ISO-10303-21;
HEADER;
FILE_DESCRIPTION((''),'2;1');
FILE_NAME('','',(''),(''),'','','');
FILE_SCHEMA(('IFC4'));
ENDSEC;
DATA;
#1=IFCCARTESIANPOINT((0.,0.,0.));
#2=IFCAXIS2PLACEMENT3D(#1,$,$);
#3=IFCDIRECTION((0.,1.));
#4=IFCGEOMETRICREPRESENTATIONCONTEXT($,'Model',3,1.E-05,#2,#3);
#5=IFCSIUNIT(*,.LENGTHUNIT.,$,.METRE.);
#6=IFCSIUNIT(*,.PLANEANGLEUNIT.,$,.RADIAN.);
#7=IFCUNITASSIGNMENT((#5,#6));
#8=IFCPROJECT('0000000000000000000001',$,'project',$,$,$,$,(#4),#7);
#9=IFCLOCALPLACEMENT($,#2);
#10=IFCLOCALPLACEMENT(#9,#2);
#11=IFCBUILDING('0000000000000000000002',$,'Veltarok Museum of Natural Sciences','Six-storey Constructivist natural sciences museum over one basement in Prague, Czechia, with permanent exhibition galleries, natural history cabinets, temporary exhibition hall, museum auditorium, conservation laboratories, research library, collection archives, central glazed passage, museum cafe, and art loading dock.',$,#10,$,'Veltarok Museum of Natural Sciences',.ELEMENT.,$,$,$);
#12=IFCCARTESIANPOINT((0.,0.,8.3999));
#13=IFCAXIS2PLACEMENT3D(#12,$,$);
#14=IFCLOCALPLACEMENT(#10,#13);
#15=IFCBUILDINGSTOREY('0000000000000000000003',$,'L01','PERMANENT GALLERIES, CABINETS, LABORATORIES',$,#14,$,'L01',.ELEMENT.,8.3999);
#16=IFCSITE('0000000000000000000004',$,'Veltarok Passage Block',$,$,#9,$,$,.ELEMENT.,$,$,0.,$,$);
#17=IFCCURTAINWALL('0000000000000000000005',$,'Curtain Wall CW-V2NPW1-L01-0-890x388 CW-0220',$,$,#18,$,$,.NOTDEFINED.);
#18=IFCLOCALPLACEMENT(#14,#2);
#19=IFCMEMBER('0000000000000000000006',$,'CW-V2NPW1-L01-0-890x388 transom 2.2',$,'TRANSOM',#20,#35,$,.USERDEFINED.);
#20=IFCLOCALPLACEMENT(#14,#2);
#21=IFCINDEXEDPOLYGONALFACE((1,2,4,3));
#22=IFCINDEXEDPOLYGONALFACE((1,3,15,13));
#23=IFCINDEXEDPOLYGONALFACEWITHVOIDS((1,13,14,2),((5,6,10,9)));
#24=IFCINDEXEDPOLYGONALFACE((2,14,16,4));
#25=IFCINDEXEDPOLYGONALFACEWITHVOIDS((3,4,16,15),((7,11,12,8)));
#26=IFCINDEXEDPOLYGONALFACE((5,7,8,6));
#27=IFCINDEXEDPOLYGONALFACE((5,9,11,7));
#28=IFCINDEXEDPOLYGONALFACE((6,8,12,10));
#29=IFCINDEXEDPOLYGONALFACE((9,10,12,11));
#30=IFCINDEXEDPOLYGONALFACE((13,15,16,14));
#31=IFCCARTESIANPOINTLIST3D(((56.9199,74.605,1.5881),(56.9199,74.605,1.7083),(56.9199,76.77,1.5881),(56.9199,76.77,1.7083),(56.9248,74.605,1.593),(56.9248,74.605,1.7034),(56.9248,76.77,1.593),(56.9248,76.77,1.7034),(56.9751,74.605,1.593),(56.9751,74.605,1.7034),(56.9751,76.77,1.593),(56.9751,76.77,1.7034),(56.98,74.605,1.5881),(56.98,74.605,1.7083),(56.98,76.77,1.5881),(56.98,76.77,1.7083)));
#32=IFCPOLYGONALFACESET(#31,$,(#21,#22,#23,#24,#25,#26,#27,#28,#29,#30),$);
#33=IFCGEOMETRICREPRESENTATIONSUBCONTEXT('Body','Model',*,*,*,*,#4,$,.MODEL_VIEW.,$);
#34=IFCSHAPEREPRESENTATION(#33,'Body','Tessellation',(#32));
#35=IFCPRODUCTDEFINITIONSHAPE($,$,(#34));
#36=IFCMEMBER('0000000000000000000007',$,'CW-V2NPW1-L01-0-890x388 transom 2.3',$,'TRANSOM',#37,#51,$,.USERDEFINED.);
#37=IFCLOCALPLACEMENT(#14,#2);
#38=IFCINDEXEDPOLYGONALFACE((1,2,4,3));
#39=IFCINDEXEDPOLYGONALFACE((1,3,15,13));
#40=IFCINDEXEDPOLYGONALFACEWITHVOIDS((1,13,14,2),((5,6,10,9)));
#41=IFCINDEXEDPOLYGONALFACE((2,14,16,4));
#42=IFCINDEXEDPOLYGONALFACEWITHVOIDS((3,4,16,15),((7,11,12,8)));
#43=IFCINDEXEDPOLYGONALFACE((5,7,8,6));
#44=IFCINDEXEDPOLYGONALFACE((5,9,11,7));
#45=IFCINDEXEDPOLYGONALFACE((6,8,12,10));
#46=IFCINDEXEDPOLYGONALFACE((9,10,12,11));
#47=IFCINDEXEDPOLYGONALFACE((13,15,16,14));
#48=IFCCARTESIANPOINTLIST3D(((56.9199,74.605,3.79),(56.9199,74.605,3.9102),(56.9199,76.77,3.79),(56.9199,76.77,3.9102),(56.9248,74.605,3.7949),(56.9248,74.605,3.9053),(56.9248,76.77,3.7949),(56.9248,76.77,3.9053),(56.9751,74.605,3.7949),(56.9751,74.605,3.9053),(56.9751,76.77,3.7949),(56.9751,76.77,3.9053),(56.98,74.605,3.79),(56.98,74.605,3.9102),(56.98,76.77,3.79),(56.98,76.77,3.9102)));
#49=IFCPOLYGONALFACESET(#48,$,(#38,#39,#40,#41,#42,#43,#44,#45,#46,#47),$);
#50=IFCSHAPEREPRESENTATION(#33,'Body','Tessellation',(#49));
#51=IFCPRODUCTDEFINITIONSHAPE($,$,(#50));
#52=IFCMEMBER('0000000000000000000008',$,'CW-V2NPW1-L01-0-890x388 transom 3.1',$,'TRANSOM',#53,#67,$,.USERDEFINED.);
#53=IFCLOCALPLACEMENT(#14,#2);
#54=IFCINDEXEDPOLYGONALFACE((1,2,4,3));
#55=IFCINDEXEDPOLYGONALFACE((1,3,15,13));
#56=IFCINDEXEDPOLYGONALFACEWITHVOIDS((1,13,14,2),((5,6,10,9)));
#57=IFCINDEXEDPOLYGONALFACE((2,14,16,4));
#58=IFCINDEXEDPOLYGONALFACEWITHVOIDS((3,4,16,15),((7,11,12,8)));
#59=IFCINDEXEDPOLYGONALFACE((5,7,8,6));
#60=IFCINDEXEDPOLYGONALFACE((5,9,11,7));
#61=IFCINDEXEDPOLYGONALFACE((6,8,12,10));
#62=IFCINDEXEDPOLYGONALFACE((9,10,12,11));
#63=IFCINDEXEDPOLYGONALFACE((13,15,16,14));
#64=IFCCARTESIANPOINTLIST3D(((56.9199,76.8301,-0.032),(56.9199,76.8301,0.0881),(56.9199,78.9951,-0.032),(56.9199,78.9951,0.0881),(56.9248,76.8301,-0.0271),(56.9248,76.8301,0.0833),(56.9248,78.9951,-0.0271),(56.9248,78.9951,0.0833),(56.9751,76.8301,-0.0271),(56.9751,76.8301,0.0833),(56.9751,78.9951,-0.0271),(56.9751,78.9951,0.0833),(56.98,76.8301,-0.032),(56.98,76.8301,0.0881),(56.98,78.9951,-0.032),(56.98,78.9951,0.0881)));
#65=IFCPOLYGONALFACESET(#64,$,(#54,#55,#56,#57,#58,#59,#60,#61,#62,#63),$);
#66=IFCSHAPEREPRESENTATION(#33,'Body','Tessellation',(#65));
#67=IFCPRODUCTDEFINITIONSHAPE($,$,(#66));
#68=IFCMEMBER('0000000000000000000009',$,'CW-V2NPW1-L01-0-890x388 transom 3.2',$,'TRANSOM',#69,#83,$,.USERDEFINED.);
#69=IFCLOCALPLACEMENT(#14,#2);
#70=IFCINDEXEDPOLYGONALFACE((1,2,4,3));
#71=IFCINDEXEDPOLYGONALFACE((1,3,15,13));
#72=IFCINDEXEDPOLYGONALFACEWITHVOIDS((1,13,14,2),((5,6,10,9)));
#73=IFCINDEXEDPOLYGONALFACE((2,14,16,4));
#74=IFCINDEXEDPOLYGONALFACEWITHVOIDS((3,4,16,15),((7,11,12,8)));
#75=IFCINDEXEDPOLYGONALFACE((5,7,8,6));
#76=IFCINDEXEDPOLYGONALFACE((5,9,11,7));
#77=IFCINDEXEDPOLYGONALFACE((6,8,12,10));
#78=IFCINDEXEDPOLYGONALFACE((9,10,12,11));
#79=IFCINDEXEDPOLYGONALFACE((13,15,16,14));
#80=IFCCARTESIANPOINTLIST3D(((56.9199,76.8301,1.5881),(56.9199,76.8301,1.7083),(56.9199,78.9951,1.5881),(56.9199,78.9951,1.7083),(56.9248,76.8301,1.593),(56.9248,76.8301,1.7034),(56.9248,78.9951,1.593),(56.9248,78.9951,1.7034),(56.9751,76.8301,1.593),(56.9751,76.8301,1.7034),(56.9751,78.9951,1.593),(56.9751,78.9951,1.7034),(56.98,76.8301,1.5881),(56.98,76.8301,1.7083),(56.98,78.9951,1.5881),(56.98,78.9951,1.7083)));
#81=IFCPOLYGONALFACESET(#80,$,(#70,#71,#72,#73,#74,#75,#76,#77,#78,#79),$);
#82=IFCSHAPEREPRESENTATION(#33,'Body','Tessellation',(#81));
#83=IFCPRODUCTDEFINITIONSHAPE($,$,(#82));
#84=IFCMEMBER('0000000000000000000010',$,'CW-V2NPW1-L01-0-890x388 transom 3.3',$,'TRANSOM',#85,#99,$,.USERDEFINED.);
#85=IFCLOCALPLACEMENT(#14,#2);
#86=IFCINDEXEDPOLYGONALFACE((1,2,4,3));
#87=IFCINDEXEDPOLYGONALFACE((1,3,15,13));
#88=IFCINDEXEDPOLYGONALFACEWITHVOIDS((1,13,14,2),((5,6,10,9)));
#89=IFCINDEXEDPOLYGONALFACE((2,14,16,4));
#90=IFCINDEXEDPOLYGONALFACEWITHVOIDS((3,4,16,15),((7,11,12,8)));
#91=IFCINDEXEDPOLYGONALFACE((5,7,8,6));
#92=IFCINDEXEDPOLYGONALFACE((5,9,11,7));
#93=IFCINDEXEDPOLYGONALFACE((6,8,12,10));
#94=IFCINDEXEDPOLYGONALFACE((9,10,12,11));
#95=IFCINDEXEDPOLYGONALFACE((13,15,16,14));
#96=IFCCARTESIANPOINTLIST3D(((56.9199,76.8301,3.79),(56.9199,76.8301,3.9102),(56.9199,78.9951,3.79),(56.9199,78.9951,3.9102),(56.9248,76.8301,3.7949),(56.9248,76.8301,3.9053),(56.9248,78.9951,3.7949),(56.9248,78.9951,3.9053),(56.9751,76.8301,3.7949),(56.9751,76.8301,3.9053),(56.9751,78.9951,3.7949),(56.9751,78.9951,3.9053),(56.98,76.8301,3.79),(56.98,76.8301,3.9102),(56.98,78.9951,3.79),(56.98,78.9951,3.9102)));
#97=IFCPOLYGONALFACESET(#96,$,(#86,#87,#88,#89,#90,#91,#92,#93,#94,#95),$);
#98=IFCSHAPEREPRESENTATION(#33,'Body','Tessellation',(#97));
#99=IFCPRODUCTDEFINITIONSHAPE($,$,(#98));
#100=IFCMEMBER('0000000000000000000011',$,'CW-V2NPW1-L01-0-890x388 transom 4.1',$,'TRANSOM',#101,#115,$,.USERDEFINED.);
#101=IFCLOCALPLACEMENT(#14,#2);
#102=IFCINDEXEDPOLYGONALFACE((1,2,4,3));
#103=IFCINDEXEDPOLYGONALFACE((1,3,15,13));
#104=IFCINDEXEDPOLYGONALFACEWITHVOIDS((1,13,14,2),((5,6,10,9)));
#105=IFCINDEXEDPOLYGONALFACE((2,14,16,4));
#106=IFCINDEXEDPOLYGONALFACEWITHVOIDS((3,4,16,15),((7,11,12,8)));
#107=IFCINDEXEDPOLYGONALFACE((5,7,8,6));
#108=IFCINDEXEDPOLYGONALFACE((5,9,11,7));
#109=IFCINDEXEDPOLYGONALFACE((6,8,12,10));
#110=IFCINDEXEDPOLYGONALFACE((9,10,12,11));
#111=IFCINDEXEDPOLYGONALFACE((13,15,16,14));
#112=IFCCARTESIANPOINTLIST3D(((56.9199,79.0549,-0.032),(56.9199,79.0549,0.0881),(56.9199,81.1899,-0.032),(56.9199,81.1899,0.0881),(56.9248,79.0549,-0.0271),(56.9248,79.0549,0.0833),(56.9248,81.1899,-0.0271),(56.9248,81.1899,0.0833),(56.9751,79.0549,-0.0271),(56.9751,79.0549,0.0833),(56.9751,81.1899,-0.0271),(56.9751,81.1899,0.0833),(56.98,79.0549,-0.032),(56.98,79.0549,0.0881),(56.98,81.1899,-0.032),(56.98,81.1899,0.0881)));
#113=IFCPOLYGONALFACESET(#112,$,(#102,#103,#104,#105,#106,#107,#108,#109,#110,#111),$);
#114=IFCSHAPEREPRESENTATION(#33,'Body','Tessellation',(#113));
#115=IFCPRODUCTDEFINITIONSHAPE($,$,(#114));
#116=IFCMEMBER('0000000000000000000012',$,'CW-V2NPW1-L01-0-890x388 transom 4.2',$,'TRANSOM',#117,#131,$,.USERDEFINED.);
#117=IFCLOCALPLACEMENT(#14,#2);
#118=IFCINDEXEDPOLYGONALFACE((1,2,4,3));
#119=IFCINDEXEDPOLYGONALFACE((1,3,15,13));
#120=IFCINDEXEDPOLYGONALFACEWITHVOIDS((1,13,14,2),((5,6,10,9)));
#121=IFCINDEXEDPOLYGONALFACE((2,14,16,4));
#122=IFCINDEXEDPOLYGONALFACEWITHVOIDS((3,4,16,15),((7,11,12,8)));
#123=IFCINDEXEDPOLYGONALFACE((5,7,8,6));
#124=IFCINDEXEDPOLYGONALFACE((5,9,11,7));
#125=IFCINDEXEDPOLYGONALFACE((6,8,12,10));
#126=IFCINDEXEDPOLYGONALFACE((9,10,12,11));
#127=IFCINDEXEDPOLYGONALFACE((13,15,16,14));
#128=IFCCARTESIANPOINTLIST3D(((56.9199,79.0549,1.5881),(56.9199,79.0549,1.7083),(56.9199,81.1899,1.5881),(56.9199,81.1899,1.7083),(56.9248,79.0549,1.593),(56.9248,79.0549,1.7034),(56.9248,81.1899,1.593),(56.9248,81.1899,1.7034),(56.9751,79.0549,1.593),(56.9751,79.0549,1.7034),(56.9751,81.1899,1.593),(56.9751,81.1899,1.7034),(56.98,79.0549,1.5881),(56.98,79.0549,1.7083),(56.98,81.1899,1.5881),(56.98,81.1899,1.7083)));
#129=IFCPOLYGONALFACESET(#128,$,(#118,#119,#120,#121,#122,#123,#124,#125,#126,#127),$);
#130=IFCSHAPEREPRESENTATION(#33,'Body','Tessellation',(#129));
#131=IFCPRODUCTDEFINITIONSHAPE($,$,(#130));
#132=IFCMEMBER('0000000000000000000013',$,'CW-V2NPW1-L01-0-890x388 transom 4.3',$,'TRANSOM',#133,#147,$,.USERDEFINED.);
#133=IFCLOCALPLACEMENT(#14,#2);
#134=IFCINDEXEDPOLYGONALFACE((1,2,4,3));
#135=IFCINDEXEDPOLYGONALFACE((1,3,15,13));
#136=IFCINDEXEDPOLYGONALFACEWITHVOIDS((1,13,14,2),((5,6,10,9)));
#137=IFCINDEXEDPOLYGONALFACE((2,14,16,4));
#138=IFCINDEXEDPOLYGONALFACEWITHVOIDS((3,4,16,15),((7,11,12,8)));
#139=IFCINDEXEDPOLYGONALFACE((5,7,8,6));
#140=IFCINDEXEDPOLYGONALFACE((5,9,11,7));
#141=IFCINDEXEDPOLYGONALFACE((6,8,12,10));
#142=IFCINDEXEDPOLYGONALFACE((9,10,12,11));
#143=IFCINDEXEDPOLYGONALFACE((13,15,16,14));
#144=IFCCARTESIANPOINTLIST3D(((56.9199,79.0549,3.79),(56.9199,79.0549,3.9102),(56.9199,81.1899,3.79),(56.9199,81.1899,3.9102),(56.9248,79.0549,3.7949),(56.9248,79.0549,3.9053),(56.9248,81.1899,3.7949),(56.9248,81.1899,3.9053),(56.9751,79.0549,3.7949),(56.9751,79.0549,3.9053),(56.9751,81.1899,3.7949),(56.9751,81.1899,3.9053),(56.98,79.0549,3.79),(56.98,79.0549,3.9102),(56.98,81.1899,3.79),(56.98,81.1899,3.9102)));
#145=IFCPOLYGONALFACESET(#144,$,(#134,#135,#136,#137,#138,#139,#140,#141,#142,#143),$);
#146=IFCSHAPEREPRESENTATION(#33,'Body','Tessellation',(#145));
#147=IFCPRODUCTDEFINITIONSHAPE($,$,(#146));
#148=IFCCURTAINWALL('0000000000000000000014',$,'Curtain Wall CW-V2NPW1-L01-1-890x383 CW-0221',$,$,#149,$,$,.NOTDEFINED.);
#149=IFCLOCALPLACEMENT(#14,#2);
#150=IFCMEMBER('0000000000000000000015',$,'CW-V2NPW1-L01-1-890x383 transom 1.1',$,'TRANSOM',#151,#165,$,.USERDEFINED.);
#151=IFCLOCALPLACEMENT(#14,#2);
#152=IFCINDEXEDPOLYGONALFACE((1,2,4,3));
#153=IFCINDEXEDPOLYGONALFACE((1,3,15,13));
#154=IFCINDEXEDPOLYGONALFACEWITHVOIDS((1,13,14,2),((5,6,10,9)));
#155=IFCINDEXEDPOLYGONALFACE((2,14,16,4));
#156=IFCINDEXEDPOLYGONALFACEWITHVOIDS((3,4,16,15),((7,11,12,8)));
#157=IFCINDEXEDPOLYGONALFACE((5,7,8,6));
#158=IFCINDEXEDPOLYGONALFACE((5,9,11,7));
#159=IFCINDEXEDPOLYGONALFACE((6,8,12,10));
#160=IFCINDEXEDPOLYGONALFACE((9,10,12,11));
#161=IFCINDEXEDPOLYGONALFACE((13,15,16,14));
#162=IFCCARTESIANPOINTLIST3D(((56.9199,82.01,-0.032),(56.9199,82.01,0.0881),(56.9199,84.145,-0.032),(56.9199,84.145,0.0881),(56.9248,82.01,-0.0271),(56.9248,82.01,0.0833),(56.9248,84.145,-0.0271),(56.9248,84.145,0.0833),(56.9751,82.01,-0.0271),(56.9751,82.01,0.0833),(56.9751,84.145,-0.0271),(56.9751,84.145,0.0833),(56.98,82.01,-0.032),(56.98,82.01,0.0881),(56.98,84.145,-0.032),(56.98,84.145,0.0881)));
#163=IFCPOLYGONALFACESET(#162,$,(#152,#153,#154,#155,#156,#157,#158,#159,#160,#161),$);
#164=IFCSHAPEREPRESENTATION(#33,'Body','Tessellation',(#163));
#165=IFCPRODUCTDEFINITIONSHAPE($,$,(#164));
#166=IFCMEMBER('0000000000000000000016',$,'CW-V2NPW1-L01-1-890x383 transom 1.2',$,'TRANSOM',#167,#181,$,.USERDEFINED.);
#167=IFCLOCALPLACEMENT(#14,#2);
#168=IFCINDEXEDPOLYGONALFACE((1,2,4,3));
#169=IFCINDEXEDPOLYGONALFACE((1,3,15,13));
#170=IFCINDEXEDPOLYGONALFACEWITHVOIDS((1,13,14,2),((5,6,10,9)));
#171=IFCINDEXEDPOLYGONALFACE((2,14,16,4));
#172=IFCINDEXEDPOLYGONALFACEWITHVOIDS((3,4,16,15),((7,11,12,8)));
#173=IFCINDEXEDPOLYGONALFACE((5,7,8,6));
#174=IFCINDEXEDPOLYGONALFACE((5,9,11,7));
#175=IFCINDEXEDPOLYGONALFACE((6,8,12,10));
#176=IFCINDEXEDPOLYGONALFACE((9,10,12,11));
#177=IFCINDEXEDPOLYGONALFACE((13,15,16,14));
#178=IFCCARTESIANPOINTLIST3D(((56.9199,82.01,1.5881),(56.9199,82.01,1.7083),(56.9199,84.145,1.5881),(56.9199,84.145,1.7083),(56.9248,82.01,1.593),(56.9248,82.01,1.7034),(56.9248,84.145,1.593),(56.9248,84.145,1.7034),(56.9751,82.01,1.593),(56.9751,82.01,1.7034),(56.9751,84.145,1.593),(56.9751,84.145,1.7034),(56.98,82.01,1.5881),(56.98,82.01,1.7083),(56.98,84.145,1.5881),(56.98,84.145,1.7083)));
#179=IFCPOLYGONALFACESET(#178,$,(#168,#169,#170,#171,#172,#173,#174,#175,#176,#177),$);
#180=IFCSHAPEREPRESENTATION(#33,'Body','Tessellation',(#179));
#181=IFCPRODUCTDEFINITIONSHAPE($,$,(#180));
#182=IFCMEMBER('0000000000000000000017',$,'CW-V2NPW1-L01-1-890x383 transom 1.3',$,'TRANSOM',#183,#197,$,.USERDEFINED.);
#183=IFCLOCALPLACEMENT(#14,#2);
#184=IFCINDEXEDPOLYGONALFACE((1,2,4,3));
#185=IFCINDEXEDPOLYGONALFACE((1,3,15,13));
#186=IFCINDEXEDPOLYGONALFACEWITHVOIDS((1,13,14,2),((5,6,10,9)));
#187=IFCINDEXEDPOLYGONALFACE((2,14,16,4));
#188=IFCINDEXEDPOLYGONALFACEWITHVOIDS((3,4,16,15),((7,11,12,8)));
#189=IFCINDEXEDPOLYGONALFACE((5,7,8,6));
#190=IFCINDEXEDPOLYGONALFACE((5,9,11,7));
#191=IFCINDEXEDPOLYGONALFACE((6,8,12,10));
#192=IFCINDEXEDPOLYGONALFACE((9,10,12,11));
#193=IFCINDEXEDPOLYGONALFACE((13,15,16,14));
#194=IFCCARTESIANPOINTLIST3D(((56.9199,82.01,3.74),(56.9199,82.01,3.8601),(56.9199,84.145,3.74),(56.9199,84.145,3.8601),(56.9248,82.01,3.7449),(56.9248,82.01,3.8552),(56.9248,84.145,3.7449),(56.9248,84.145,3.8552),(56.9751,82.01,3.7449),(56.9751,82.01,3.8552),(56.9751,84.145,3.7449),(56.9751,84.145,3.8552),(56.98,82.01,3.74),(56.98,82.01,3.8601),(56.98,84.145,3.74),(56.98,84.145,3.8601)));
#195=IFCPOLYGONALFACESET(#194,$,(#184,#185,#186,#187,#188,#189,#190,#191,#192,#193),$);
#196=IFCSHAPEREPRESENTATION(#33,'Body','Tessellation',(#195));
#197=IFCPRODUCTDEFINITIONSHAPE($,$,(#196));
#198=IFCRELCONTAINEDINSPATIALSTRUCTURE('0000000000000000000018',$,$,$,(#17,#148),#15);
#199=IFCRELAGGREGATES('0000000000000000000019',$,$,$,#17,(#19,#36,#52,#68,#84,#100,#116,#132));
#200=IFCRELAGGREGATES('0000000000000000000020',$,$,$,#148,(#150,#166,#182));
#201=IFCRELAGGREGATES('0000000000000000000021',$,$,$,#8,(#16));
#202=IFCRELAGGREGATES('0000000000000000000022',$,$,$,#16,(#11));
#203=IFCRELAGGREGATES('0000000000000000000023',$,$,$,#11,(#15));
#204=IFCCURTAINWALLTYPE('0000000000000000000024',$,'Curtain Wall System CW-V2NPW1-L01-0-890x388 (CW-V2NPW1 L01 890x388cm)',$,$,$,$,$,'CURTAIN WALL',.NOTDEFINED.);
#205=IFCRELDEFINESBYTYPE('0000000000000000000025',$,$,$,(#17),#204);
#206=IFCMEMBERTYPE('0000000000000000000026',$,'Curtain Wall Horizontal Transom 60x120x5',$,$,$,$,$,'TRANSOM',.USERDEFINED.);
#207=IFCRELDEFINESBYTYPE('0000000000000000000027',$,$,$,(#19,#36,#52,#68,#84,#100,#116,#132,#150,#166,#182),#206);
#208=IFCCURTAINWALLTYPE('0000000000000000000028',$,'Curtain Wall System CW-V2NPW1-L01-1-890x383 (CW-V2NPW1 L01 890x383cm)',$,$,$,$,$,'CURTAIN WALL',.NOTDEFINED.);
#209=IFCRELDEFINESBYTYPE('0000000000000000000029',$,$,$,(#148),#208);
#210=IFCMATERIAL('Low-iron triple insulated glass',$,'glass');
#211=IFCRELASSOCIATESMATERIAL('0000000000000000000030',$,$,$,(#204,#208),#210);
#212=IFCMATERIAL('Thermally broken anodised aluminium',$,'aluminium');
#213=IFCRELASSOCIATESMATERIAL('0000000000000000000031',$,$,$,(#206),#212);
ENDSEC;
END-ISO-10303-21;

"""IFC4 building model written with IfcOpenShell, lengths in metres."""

from ifc_helpers import new_model, si_unit, direction, frame, origin, origin_2d, place, context, subcontext, project, spatial, hollow_rectangle, extrude, material, material_profile, profile_set, type_object, element, aggregate, save


model = new_model("IFC4")

# Units and contexts
model_context = context("Model", 3, precision=1e-05, world=origin(), true_north=direction((0.0, 1.0)))
body_context = subcontext(model_context, "Body", "Model", "MODEL_VIEW")
ifc_project = project(units=[si_unit("LENGTHUNIT", "METRE"), si_unit("PLANEANGLEUNIT", "RADIAN")], contexts=[model_context])

# Site, building, storey
site_placement = place(None, origin())
site = spatial("IfcSite", under=ifc_project, at=site_placement, Name="Veltarok Passage Block", CompositionType="ELEMENT", RefElevation=0.0)
building_placement = place(site_placement, origin())
building = spatial("IfcBuilding", under=site, at=building_placement, Name="Veltarok Museum of Natural Sciences", Description="Six-storey Constructivist natural sciences museum over one basement in Prague, Czechia, with permanent exhibition galleries, natural history cabinets, temporary exhibition hall, museum auditorium, conservation laboratories, research library, collection archives, central glazed passage, museum cafe, and art loading dock.", LongName="Veltarok Museum of Natural Sciences", CompositionType="ELEMENT")
storey_placement = place(building_placement, frame((0.0, 0.0, 8.3999)))
storey = spatial("IfcBuildingStorey", under=building, at=storey_placement, Name="L01", Description="PERMANENT GALLERIES, CABINETS, LABORATORIES", LongName="L01", CompositionType="ELEMENT", Elevation=8.3999)

# Curtain walls, members
ifc_material_1 = material(Name="Low-iron triple insulated glass", Category="glass")
curtain_wall_type_1 = type_object("IfcCurtainWallType", Name="Curtain Wall System CW-V2NPW1-L01-0-890x388 (CW-V2NPW1 L01 890x388cm)", ElementType="CURTAIN WALL", PredefinedType="NOTDEFINED", material=ifc_material_1)
curtain_wall_1_placement = place(storey_placement, origin())
curtain_wall_1 = element("IfcCurtainWall", 1, at=curtain_wall_1_placement, inside=storey, type_object=curtain_wall_type_1, Name="Curtain Wall CW-V2NPW1-L01-0-890x388 CW-0220", PredefinedType="NOTDEFINED")
ifc_material_2 = material(Name="Thermally broken anodised aluminium", Category="aluminium")
ifc_material_profile_1 = material_profile(ifc_material_2, hollow_rectangle(XDim=0.0601, YDim=0.1201, WallThickness=0.0049, at=origin_2d()), Name="CW TRANSOM 60x120x5")
ifc_profile_set_1 = profile_set([ifc_material_profile_1], Name="Thermally broken anodised aluminium")
member_type_1 = type_object("IfcMemberType", Name="Curtain Wall Horizontal Transom 60x120x5", ElementType="TRANSOM", PredefinedType="USERDEFINED", material=ifc_profile_set_1)
member_1_placement = place(storey_placement, frame((56.95, 74.605, 1.6482), z_axis=(0.0, 1.0, 0.0), x_axis=(-1.0, 0.0, 0.0)))
member_1 = element("IfcMember", 2, at=member_1_placement, type_object=member_type_1, Name="CW-V2NPW1-L01-0-890x388 transom 2.2", ObjectType="TRANSOM", PredefinedType="USERDEFINED", context=body_context, shape_type="SweptSolid", body=[
    extrude(hollow_rectangle(XDim=0.0601, YDim=0.1201, WallThickness=0.0049, at=origin_2d()), origin(), (0.0, 0.0, 1.0), 2.165),
])
member_2_placement = place(storey_placement, frame((56.95, 74.605, 3.8501), z_axis=(0.0, 1.0, 0.0), x_axis=(-1.0, 0.0, 0.0)))
member_2 = element("IfcMember", 3, at=member_2_placement, type_object=member_type_1, Name="CW-V2NPW1-L01-0-890x388 transom 2.3", ObjectType="TRANSOM", PredefinedType="USERDEFINED", context=body_context, shape_type="SweptSolid", body=[
    extrude(hollow_rectangle(XDim=0.0601, YDim=0.1201, WallThickness=0.0049, at=origin_2d()), origin(), (0.0, 0.0, 1.0), 2.165),
])
member_3_placement = place(storey_placement, frame((56.95, 76.8301, 0.0281), z_axis=(0.0, 1.0, 0.0), x_axis=(-1.0, 0.0, 0.0)))
member_3 = element("IfcMember", 4, at=member_3_placement, type_object=member_type_1, Name="CW-V2NPW1-L01-0-890x388 transom 3.1", ObjectType="TRANSOM", PredefinedType="USERDEFINED", context=body_context, shape_type="SweptSolid", body=[
    extrude(hollow_rectangle(XDim=0.0601, YDim=0.1201, WallThickness=0.0049, at=origin_2d()), origin(), (0.0, 0.0, 1.0), 2.165),
])
member_4_placement = place(storey_placement, frame((56.95, 76.8301, 1.6482), z_axis=(0.0, 1.0, 0.0), x_axis=(-1.0, 0.0, 0.0)))
member_4 = element("IfcMember", 5, at=member_4_placement, type_object=member_type_1, Name="CW-V2NPW1-L01-0-890x388 transom 3.2", ObjectType="TRANSOM", PredefinedType="USERDEFINED", context=body_context, shape_type="SweptSolid", body=[
    extrude(hollow_rectangle(XDim=0.0601, YDim=0.1201, WallThickness=0.0049, at=origin_2d()), origin(), (0.0, 0.0, 1.0), 2.165),
])
member_5_placement = place(storey_placement, frame((56.95, 76.8301, 3.8501), z_axis=(0.0, 1.0, 0.0), x_axis=(-1.0, 0.0, 0.0)))
member_5 = element("IfcMember", 6, at=member_5_placement, type_object=member_type_1, Name="CW-V2NPW1-L01-0-890x388 transom 3.3", ObjectType="TRANSOM", PredefinedType="USERDEFINED", context=body_context, shape_type="SweptSolid", body=[
    extrude(hollow_rectangle(XDim=0.0601, YDim=0.1201, WallThickness=0.0049, at=origin_2d()), origin(), (0.0, 0.0, 1.0), 2.165),
])
member_6_placement = place(storey_placement, frame((56.95, 79.0549, 0.0281), z_axis=(0.0, 1.0, 0.0), x_axis=(-1.0, 0.0, 0.0)))
member_6 = element("IfcMember", 7, at=member_6_placement, type_object=member_type_1, Name="CW-V2NPW1-L01-0-890x388 transom 4.1", ObjectType="TRANSOM", PredefinedType="USERDEFINED", context=body_context, shape_type="SweptSolid", body=[
    extrude(hollow_rectangle(XDim=0.0601, YDim=0.1201, WallThickness=0.0049, at=origin_2d()), origin(), (0.0, 0.0, 1.0), 2.135),
])
member_7_placement = place(storey_placement, frame((56.95, 79.0549, 1.6482), z_axis=(0.0, 1.0, 0.0), x_axis=(-1.0, 0.0, 0.0)))
member_7 = element("IfcMember", 8, at=member_7_placement, type_object=member_type_1, Name="CW-V2NPW1-L01-0-890x388 transom 4.2", ObjectType="TRANSOM", PredefinedType="USERDEFINED", context=body_context, shape_type="SweptSolid", body=[
    extrude(hollow_rectangle(XDim=0.0601, YDim=0.1201, WallThickness=0.0049, at=origin_2d()), origin(), (0.0, 0.0, 1.0), 2.135),
])
member_8_placement = place(storey_placement, frame((56.95, 79.0549, 3.8501), z_axis=(0.0, 1.0, 0.0), x_axis=(-1.0, 0.0, 0.0)))
member_8 = element("IfcMember", 9, at=member_8_placement, type_object=member_type_1, Name="CW-V2NPW1-L01-0-890x388 transom 4.3", ObjectType="TRANSOM", PredefinedType="USERDEFINED", context=body_context, shape_type="SweptSolid", body=[
    extrude(hollow_rectangle(XDim=0.0601, YDim=0.1201, WallThickness=0.0049, at=origin_2d()), origin(), (0.0, 0.0, 1.0), 2.135),
])
curtain_wall_type_2 = type_object("IfcCurtainWallType", Name="Curtain Wall System CW-V2NPW1-L01-1-890x383 (CW-V2NPW1 L01 890x383cm)", ElementType="CURTAIN WALL", PredefinedType="NOTDEFINED", material=ifc_material_1)
curtain_wall_2_placement = place(storey_placement, origin())
curtain_wall_2 = element("IfcCurtainWall", 10, at=curtain_wall_2_placement, inside=storey, type_object=curtain_wall_type_2, Name="Curtain Wall CW-V2NPW1-L01-1-890x383 CW-0221", PredefinedType="NOTDEFINED")
member_9_placement = place(storey_placement, frame((56.95, 82.01, 0.0281), z_axis=(0.0, 1.0, 0.0), x_axis=(-1.0, 0.0, 0.0)))
member_9 = element("IfcMember", 11, at=member_9_placement, type_object=member_type_1, Name="CW-V2NPW1-L01-1-890x383 transom 1.1", ObjectType="TRANSOM", PredefinedType="USERDEFINED", context=body_context, shape_type="SweptSolid", body=[
    extrude(hollow_rectangle(XDim=0.0601, YDim=0.1201, WallThickness=0.0049, at=origin_2d()), origin(), (0.0, 0.0, 1.0), 2.135),
])
member_10_placement = place(storey_placement, frame((56.95, 82.01, 1.6482), z_axis=(0.0, 1.0, 0.0), x_axis=(-1.0, 0.0, 0.0)))
member_10 = element("IfcMember", 12, at=member_10_placement, type_object=member_type_1, Name="CW-V2NPW1-L01-1-890x383 transom 1.2", ObjectType="TRANSOM", PredefinedType="USERDEFINED", context=body_context, shape_type="SweptSolid", body=[
    extrude(hollow_rectangle(XDim=0.0601, YDim=0.1201, WallThickness=0.0049, at=origin_2d()), origin(), (0.0, 0.0, 1.0), 2.135),
])
member_11_placement = place(storey_placement, frame((56.95, 82.01, 3.8), z_axis=(0.0, 1.0, 0.0), x_axis=(-1.0, 0.0, 0.0)))
member_11 = element("IfcMember", 13, at=member_11_placement, type_object=member_type_1, Name="CW-V2NPW1-L01-1-890x383 transom 1.3", ObjectType="TRANSOM", PredefinedType="USERDEFINED", context=body_context, shape_type="SweptSolid", body=[
    extrude(hollow_rectangle(XDim=0.0601, YDim=0.1201, WallThickness=0.0049, at=origin_2d()), origin(), (0.0, 0.0, 1.0), 2.135),
])

aggregate(curtain_wall_1, [member_1, member_2, member_3, member_4, member_5, member_6, member_7, member_8])
aggregate(curtain_wall_2, [member_9, member_10, member_11])

save(model, "model.ifc")
